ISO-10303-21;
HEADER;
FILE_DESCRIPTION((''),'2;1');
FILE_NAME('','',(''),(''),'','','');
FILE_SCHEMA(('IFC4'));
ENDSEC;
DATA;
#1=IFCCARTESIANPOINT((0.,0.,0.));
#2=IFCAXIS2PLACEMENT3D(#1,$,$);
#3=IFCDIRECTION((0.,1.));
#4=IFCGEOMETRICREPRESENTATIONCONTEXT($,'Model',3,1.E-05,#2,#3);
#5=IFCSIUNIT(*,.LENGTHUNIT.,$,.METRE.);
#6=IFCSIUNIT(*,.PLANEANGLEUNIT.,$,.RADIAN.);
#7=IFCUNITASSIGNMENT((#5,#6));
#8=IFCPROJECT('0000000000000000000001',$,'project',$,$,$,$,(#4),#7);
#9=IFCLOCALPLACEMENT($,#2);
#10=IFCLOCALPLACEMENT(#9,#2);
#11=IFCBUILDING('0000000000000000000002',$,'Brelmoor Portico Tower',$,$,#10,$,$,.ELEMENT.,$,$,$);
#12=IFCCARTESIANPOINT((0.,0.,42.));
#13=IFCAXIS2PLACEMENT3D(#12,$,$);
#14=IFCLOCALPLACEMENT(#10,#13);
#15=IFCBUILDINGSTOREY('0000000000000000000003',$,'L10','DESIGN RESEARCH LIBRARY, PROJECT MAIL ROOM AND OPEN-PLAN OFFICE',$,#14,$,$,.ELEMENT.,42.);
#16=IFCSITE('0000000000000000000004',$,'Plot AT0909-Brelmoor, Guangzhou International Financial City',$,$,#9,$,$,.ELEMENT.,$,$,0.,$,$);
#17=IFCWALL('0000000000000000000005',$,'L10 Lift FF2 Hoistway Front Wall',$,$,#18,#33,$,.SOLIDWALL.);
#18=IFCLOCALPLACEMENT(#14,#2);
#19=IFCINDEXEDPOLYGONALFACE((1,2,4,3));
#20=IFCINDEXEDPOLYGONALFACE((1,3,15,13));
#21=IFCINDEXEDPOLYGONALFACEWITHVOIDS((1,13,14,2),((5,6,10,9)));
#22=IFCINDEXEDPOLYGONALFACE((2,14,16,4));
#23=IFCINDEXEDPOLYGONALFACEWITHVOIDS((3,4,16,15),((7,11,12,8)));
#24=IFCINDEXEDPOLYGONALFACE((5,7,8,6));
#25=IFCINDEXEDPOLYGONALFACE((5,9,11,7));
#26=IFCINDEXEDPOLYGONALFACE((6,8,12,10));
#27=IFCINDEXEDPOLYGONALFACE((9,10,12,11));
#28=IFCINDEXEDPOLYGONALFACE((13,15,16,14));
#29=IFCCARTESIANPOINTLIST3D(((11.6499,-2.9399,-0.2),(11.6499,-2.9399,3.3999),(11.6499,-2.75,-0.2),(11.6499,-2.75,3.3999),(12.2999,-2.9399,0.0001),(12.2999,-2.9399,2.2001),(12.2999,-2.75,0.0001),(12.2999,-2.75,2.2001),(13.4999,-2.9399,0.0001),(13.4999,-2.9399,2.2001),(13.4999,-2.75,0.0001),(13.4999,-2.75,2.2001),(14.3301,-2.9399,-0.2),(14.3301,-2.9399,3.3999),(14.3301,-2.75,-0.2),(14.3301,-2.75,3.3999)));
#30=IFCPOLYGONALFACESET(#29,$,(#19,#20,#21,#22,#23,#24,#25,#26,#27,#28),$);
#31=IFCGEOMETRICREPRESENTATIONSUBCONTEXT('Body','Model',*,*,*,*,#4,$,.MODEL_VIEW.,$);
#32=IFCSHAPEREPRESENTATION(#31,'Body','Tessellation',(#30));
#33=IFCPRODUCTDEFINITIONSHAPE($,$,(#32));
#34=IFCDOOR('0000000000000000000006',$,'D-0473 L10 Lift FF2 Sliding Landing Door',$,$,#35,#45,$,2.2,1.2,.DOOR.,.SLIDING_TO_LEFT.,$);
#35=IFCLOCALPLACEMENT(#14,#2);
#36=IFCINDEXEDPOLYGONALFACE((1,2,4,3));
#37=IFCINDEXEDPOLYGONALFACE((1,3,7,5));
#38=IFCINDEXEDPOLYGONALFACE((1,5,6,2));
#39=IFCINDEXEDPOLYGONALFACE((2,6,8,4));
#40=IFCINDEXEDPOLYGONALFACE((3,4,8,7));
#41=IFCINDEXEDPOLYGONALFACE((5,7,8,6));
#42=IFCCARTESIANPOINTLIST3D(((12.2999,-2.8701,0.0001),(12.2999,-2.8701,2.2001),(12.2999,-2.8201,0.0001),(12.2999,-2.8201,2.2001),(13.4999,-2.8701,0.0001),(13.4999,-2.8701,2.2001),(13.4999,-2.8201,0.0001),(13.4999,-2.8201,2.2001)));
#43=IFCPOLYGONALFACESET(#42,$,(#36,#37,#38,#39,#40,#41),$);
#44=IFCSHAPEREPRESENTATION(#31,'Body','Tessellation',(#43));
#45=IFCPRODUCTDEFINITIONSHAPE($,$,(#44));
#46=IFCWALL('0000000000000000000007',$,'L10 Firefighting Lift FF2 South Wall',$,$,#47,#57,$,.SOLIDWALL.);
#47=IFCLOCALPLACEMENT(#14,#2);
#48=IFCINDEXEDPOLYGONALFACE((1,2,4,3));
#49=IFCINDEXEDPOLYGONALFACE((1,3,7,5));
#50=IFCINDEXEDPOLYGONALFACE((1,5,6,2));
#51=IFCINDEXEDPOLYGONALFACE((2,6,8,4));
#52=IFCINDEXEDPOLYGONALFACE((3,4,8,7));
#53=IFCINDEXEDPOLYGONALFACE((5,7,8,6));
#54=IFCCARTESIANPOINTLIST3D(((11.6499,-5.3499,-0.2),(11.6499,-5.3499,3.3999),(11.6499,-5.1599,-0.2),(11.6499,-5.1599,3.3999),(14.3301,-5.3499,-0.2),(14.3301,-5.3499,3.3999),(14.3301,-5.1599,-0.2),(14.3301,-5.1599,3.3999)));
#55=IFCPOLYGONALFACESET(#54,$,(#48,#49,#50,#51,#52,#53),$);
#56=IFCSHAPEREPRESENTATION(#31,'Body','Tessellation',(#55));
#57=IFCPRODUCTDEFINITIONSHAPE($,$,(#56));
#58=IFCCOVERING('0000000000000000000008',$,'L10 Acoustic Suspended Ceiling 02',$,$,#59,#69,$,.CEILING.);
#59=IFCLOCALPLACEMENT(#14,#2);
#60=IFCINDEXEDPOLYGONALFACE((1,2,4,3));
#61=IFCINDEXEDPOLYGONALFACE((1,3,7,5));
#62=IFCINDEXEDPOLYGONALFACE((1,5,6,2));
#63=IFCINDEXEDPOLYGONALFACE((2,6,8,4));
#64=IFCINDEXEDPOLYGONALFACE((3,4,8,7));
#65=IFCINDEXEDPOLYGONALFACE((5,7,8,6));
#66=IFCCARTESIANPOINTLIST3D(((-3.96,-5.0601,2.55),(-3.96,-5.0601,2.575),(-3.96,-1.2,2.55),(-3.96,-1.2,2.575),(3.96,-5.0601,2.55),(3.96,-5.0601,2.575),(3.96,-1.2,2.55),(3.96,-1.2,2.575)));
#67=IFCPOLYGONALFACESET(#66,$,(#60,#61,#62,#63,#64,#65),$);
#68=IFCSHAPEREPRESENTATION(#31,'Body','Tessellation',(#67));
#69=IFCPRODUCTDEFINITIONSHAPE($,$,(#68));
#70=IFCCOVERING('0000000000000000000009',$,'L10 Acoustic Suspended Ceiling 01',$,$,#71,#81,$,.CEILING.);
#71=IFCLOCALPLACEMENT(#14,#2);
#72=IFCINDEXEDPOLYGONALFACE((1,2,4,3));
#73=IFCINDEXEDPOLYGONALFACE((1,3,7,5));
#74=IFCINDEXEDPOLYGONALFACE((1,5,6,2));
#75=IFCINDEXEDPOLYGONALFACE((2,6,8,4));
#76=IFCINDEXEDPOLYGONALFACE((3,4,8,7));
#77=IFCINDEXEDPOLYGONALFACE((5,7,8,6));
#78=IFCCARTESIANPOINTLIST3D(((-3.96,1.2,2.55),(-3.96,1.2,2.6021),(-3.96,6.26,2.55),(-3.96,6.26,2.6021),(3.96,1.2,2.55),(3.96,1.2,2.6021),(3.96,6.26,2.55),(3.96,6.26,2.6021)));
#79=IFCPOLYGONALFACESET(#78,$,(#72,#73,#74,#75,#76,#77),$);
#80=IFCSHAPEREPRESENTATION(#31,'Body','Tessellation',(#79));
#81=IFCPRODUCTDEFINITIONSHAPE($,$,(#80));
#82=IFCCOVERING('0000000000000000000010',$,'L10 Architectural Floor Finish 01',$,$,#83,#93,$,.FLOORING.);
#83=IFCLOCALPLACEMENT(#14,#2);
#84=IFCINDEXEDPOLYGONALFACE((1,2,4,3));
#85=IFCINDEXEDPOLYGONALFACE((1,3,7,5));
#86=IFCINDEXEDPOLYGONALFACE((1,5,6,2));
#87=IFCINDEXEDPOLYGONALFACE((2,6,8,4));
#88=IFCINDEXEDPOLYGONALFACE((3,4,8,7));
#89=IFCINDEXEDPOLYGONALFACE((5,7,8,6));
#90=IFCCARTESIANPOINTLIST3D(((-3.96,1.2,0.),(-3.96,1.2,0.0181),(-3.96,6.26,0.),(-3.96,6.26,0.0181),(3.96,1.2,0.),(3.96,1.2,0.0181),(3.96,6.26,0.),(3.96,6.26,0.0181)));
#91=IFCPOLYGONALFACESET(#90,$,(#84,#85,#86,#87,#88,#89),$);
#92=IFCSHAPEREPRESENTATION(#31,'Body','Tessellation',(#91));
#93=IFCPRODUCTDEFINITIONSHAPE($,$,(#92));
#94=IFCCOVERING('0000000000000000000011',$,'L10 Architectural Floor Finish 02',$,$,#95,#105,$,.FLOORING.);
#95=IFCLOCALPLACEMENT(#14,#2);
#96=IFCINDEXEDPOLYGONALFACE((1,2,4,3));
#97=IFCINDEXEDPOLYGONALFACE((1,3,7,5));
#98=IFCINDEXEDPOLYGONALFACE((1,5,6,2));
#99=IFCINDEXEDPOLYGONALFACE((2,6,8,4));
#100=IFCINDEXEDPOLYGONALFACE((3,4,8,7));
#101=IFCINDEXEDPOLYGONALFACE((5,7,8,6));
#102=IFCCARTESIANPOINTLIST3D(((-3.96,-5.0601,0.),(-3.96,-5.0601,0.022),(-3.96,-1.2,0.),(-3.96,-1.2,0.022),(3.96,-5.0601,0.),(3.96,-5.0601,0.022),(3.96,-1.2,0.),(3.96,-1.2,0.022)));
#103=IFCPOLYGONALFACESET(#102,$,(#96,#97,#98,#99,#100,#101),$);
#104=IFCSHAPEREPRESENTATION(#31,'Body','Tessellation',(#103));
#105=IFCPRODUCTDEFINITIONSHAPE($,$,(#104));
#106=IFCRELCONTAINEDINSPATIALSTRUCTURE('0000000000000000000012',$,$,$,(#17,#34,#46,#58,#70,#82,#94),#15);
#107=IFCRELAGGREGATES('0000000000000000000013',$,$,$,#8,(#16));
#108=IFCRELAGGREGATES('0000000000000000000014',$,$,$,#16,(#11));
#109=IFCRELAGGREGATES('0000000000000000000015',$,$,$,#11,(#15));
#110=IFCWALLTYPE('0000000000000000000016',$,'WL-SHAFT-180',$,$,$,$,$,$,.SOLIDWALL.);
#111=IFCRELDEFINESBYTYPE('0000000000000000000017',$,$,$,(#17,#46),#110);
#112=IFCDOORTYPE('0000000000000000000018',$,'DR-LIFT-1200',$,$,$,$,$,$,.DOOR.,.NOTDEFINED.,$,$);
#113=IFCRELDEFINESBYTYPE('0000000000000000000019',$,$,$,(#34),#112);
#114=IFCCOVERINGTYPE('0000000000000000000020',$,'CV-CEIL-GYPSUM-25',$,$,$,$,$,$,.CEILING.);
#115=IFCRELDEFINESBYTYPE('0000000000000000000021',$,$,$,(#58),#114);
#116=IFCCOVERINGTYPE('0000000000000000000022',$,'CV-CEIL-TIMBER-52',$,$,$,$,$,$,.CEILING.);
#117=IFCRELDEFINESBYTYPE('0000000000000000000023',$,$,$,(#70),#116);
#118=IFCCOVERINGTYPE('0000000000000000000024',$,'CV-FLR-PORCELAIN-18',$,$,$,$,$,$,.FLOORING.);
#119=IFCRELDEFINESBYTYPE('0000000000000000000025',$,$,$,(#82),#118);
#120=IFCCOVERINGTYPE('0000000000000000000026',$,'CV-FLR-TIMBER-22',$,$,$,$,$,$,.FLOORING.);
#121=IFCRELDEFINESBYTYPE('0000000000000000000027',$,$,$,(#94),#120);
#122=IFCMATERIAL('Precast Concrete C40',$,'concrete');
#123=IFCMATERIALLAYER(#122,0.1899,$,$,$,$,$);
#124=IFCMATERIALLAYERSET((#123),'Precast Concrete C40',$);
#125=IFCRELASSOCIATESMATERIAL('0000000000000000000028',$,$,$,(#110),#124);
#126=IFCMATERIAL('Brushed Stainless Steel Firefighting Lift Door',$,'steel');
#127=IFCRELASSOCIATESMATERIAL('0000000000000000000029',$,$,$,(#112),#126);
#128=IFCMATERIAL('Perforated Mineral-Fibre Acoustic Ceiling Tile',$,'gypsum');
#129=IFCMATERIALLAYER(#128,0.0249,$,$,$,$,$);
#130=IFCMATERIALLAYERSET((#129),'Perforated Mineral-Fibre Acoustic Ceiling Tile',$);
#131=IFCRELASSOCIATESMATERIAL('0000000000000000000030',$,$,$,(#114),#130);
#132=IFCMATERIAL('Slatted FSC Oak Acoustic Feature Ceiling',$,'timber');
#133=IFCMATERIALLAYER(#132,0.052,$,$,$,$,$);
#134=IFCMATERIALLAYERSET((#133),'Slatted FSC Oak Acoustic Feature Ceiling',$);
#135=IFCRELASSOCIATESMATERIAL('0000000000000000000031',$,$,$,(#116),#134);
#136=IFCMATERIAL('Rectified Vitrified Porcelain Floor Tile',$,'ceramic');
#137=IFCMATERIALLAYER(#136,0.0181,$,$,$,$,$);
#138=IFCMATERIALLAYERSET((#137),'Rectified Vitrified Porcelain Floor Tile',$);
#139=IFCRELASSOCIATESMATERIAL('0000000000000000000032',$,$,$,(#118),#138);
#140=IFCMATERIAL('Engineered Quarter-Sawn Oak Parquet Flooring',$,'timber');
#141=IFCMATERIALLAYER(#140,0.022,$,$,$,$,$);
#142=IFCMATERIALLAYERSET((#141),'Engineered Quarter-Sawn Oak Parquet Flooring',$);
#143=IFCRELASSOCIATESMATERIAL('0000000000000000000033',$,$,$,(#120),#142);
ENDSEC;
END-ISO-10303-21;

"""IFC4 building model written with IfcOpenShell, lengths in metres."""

from ifc_helpers import new_model, si_unit, direction, frame, frame_2d, origin, place, context, subcontext, project, spatial, polyline, rectangle, outline, extrude, material, layer, layer_set, type_object, element, fill, save


model = new_model("IFC4")

# Units and contexts
model_context = context("Model", 3, precision=1e-05, world=origin(), true_north=direction((0.0, 1.0)))
body_context = subcontext(model_context, "Body", "Model", "MODEL_VIEW")
ifc_project = project(units=[si_unit("LENGTHUNIT", "METRE"), si_unit("PLANEANGLEUNIT", "RADIAN")], contexts=[model_context])

# Site, building, storey
site_placement = place(None, origin())
site = spatial("IfcSite", under=ifc_project, at=site_placement, Name="Plot AT0909-Brelmoor, Guangzhou International Financial City", CompositionType="ELEMENT", RefElevation=0.0)
building_placement = place(site_placement, origin())
building = spatial("IfcBuilding", under=site, at=building_placement, Name="Brelmoor Portico Tower", CompositionType="ELEMENT")
storey_placement = place(building_placement, frame((0.0, 0.0, 42.0)))
storey = spatial("IfcBuildingStorey", under=building, at=storey_placement, Name="L10", Description="DESIGN RESEARCH LIBRARY, PROJECT MAIL ROOM AND OPEN-PLAN OFFICE", CompositionType="ELEMENT", Elevation=42.0)

# Shared definitions
ifc_material_1 = material(Name="Precast Concrete C40", Category="concrete")
ifc_layer_1 = layer(ifc_material_1, 0.1899)
ifc_layer_set_1 = layer_set([ifc_layer_1], Name="Precast Concrete C40")
wall_type_1 = type_object("IfcWallType", Name="WL-SHAFT-180", PredefinedType="SOLIDWALL", material=ifc_layer_set_1)

# Wall, opening, door
wall_1_placement = place(storey_placement, frame((11.6499, -2.845, -0.2), z_axis=(0.0, 0.0, 1.0), x_axis=(1.0, 0.0, 0.0)))
wall_1 = element("IfcWall", 1, at=wall_1_placement, inside=storey, type_object=wall_type_1, Name="L10 Lift FF2 Hoistway Front Wall", PredefinedType="SOLIDWALL", context=body_context, shape_type="SweptSolid", body=[
    extrude(rectangle(XDim=2.6802, YDim=0.1899, at=frame_2d((1.3401, 0.0))), origin(), (0.0, 0.0, 1.0), 3.5999),
])
opening_1_placement = place(wall_1_placement, frame((0.6499, 0.0, 0.2)))
opening_1 = element("IfcOpeningElement", 2, at=opening_1_placement, cuts=wall_1, PredefinedType="OPENING", context=body_context, shape_type="SweptSolid", body=[
    extrude(rectangle(XDim=1.2, YDim=2.2, at=frame_2d((0.6001, 1.1001))), frame((0.0, 0.105, 0.0), z_axis=(0.0, -1.0, 0.0), x_axis=(1.0, 0.0, 0.0)), (0.0, 0.0, 1.0), 0.21),
])
ifc_material_2 = material(Name="Brushed Stainless Steel Firefighting Lift Door", Category="steel")
door_type_1 = type_object("IfcDoorType", Name="DR-LIFT-1200", OperationType="NOTDEFINED", PredefinedType="DOOR", material=ifc_material_2)
door_1_placement = place(opening_1_placement, origin())
door_1 = element("IfcDoor", 3, at=door_1_placement, inside=storey, type_object=door_type_1, Name="D-0473 L10 Lift FF2 Sliding Landing Door", OperationType="SLIDING_TO_LEFT", OverallHeight=2.2, OverallWidth=1.2, PredefinedType="DOOR", context=body_context, shape_type="SweptSolid", body=[
    extrude(rectangle(XDim=1.2, YDim=2.2, at=frame_2d((0.6001, 1.1001))), frame((0.0, 0.0249, 0.0), z_axis=(0.0, -1.0, 0.0), x_axis=(1.0, 0.0, 0.0)), (0.0, 0.0, 1.0), 0.05),
])
fill(opening_1, door_1)

# Wall
wall_2_placement = place(storey_placement, frame((11.6499, -5.2549, -0.2), z_axis=(0.0, 0.0, 1.0), x_axis=(1.0, 0.0, 0.0)))
element("IfcWall", 4, at=wall_2_placement, inside=storey, type_object=wall_type_1, Name="L10 Firefighting Lift FF2 South Wall", PredefinedType="SOLIDWALL", context=body_context, shape_type="SweptSolid", body=[
    extrude(rectangle(XDim=2.6802, YDim=0.1899, at=frame_2d((1.3401, 0.0))), origin(), (0.0, 0.0, 1.0), 3.5999),
])

# Coverings
ifc_material_3 = material(Name="Perforated Mineral-Fibre Acoustic Ceiling Tile", Category="gypsum")
ifc_layer_2 = layer(ifc_material_3, 0.0249)
ifc_layer_set_2 = layer_set([ifc_layer_2], Name="Perforated Mineral-Fibre Acoustic Ceiling Tile")
covering_type_1 = type_object("IfcCoveringType", Name="CV-CEIL-GYPSUM-25", PredefinedType="CEILING", material=ifc_layer_set_2)
covering_1_placement = place(storey_placement, frame((0.0, 0.0, 2.55)))
element("IfcCovering", 5, at=covering_1_placement, inside=storey, type_object=covering_type_1, Name="L10 Acoustic Suspended Ceiling 02", PredefinedType="CEILING", context=body_context, shape_type="SweptSolid", body=[
    extrude(outline(polyline([(-3.96, -5.0601), (-3.96, -1.2), (3.96, -1.2), (3.96, -5.0601), (-3.96, -5.0601)])), origin(), (0.0, 0.0, 1.0), 0.0249),
])
ifc_material_4 = material(Name="Slatted FSC Oak Acoustic Feature Ceiling", Category="timber")
ifc_layer_3 = layer(ifc_material_4, 0.052)
ifc_layer_set_3 = layer_set([ifc_layer_3], Name="Slatted FSC Oak Acoustic Feature Ceiling")
covering_type_2 = type_object("IfcCoveringType", Name="CV-CEIL-TIMBER-52", PredefinedType="CEILING", material=ifc_layer_set_3)
covering_2_placement = place(storey_placement, frame((0.0, 0.0, 2.55)))
element("IfcCovering", 6, at=covering_2_placement, inside=storey, type_object=covering_type_2, Name="L10 Acoustic Suspended Ceiling 01", PredefinedType="CEILING", context=body_context, shape_type="SweptSolid", body=[
    extrude(outline(polyline([(-3.96, 1.2), (-3.96, 6.26), (3.96, 6.26), (3.96, 1.2), (-3.96, 1.2)])), origin(), (0.0, 0.0, 1.0), 0.052),
])
ifc_material_5 = material(Name="Rectified Vitrified Porcelain Floor Tile", Category="ceramic")
ifc_layer_4 = layer(ifc_material_5, 0.0181)
ifc_layer_set_4 = layer_set([ifc_layer_4], Name="Rectified Vitrified Porcelain Floor Tile")
covering_type_3 = type_object("IfcCoveringType", Name="CV-FLR-PORCELAIN-18", PredefinedType="FLOORING", material=ifc_layer_set_4)
covering_3_placement = place(storey_placement, origin())
element("IfcCovering", 7, at=covering_3_placement, inside=storey, type_object=covering_type_3, Name="L10 Architectural Floor Finish 01", PredefinedType="FLOORING", context=body_context, shape_type="SweptSolid", body=[
    extrude(outline(polyline([(-3.96, 1.2), (-3.96, 6.26), (3.96, 6.26), (3.96, 1.2), (-3.96, 1.2)])), origin(), (0.0, 0.0, 1.0), 0.0181),
])
ifc_material_6 = material(Name="Engineered Quarter-Sawn Oak Parquet Flooring", Category="timber")
ifc_layer_5 = layer(ifc_material_6, 0.022)
ifc_layer_set_5 = layer_set([ifc_layer_5], Name="Engineered Quarter-Sawn Oak Parquet Flooring")
covering_type_4 = type_object("IfcCoveringType", Name="CV-FLR-TIMBER-22", PredefinedType="FLOORING", material=ifc_layer_set_5)
covering_4_placement = place(storey_placement, origin())
element("IfcCovering", 8, at=covering_4_placement, inside=storey, type_object=covering_type_4, Name="L10 Architectural Floor Finish 02", PredefinedType="FLOORING", context=body_context, shape_type="SweptSolid", body=[
    extrude(outline(polyline([(-3.96, -5.0601), (-3.96, -1.2), (3.96, -1.2), (3.96, -5.0601), (-3.96, -5.0601)])), origin(), (0.0, 0.0, 1.0), 0.022),
])

save(model, "model.ifc")
